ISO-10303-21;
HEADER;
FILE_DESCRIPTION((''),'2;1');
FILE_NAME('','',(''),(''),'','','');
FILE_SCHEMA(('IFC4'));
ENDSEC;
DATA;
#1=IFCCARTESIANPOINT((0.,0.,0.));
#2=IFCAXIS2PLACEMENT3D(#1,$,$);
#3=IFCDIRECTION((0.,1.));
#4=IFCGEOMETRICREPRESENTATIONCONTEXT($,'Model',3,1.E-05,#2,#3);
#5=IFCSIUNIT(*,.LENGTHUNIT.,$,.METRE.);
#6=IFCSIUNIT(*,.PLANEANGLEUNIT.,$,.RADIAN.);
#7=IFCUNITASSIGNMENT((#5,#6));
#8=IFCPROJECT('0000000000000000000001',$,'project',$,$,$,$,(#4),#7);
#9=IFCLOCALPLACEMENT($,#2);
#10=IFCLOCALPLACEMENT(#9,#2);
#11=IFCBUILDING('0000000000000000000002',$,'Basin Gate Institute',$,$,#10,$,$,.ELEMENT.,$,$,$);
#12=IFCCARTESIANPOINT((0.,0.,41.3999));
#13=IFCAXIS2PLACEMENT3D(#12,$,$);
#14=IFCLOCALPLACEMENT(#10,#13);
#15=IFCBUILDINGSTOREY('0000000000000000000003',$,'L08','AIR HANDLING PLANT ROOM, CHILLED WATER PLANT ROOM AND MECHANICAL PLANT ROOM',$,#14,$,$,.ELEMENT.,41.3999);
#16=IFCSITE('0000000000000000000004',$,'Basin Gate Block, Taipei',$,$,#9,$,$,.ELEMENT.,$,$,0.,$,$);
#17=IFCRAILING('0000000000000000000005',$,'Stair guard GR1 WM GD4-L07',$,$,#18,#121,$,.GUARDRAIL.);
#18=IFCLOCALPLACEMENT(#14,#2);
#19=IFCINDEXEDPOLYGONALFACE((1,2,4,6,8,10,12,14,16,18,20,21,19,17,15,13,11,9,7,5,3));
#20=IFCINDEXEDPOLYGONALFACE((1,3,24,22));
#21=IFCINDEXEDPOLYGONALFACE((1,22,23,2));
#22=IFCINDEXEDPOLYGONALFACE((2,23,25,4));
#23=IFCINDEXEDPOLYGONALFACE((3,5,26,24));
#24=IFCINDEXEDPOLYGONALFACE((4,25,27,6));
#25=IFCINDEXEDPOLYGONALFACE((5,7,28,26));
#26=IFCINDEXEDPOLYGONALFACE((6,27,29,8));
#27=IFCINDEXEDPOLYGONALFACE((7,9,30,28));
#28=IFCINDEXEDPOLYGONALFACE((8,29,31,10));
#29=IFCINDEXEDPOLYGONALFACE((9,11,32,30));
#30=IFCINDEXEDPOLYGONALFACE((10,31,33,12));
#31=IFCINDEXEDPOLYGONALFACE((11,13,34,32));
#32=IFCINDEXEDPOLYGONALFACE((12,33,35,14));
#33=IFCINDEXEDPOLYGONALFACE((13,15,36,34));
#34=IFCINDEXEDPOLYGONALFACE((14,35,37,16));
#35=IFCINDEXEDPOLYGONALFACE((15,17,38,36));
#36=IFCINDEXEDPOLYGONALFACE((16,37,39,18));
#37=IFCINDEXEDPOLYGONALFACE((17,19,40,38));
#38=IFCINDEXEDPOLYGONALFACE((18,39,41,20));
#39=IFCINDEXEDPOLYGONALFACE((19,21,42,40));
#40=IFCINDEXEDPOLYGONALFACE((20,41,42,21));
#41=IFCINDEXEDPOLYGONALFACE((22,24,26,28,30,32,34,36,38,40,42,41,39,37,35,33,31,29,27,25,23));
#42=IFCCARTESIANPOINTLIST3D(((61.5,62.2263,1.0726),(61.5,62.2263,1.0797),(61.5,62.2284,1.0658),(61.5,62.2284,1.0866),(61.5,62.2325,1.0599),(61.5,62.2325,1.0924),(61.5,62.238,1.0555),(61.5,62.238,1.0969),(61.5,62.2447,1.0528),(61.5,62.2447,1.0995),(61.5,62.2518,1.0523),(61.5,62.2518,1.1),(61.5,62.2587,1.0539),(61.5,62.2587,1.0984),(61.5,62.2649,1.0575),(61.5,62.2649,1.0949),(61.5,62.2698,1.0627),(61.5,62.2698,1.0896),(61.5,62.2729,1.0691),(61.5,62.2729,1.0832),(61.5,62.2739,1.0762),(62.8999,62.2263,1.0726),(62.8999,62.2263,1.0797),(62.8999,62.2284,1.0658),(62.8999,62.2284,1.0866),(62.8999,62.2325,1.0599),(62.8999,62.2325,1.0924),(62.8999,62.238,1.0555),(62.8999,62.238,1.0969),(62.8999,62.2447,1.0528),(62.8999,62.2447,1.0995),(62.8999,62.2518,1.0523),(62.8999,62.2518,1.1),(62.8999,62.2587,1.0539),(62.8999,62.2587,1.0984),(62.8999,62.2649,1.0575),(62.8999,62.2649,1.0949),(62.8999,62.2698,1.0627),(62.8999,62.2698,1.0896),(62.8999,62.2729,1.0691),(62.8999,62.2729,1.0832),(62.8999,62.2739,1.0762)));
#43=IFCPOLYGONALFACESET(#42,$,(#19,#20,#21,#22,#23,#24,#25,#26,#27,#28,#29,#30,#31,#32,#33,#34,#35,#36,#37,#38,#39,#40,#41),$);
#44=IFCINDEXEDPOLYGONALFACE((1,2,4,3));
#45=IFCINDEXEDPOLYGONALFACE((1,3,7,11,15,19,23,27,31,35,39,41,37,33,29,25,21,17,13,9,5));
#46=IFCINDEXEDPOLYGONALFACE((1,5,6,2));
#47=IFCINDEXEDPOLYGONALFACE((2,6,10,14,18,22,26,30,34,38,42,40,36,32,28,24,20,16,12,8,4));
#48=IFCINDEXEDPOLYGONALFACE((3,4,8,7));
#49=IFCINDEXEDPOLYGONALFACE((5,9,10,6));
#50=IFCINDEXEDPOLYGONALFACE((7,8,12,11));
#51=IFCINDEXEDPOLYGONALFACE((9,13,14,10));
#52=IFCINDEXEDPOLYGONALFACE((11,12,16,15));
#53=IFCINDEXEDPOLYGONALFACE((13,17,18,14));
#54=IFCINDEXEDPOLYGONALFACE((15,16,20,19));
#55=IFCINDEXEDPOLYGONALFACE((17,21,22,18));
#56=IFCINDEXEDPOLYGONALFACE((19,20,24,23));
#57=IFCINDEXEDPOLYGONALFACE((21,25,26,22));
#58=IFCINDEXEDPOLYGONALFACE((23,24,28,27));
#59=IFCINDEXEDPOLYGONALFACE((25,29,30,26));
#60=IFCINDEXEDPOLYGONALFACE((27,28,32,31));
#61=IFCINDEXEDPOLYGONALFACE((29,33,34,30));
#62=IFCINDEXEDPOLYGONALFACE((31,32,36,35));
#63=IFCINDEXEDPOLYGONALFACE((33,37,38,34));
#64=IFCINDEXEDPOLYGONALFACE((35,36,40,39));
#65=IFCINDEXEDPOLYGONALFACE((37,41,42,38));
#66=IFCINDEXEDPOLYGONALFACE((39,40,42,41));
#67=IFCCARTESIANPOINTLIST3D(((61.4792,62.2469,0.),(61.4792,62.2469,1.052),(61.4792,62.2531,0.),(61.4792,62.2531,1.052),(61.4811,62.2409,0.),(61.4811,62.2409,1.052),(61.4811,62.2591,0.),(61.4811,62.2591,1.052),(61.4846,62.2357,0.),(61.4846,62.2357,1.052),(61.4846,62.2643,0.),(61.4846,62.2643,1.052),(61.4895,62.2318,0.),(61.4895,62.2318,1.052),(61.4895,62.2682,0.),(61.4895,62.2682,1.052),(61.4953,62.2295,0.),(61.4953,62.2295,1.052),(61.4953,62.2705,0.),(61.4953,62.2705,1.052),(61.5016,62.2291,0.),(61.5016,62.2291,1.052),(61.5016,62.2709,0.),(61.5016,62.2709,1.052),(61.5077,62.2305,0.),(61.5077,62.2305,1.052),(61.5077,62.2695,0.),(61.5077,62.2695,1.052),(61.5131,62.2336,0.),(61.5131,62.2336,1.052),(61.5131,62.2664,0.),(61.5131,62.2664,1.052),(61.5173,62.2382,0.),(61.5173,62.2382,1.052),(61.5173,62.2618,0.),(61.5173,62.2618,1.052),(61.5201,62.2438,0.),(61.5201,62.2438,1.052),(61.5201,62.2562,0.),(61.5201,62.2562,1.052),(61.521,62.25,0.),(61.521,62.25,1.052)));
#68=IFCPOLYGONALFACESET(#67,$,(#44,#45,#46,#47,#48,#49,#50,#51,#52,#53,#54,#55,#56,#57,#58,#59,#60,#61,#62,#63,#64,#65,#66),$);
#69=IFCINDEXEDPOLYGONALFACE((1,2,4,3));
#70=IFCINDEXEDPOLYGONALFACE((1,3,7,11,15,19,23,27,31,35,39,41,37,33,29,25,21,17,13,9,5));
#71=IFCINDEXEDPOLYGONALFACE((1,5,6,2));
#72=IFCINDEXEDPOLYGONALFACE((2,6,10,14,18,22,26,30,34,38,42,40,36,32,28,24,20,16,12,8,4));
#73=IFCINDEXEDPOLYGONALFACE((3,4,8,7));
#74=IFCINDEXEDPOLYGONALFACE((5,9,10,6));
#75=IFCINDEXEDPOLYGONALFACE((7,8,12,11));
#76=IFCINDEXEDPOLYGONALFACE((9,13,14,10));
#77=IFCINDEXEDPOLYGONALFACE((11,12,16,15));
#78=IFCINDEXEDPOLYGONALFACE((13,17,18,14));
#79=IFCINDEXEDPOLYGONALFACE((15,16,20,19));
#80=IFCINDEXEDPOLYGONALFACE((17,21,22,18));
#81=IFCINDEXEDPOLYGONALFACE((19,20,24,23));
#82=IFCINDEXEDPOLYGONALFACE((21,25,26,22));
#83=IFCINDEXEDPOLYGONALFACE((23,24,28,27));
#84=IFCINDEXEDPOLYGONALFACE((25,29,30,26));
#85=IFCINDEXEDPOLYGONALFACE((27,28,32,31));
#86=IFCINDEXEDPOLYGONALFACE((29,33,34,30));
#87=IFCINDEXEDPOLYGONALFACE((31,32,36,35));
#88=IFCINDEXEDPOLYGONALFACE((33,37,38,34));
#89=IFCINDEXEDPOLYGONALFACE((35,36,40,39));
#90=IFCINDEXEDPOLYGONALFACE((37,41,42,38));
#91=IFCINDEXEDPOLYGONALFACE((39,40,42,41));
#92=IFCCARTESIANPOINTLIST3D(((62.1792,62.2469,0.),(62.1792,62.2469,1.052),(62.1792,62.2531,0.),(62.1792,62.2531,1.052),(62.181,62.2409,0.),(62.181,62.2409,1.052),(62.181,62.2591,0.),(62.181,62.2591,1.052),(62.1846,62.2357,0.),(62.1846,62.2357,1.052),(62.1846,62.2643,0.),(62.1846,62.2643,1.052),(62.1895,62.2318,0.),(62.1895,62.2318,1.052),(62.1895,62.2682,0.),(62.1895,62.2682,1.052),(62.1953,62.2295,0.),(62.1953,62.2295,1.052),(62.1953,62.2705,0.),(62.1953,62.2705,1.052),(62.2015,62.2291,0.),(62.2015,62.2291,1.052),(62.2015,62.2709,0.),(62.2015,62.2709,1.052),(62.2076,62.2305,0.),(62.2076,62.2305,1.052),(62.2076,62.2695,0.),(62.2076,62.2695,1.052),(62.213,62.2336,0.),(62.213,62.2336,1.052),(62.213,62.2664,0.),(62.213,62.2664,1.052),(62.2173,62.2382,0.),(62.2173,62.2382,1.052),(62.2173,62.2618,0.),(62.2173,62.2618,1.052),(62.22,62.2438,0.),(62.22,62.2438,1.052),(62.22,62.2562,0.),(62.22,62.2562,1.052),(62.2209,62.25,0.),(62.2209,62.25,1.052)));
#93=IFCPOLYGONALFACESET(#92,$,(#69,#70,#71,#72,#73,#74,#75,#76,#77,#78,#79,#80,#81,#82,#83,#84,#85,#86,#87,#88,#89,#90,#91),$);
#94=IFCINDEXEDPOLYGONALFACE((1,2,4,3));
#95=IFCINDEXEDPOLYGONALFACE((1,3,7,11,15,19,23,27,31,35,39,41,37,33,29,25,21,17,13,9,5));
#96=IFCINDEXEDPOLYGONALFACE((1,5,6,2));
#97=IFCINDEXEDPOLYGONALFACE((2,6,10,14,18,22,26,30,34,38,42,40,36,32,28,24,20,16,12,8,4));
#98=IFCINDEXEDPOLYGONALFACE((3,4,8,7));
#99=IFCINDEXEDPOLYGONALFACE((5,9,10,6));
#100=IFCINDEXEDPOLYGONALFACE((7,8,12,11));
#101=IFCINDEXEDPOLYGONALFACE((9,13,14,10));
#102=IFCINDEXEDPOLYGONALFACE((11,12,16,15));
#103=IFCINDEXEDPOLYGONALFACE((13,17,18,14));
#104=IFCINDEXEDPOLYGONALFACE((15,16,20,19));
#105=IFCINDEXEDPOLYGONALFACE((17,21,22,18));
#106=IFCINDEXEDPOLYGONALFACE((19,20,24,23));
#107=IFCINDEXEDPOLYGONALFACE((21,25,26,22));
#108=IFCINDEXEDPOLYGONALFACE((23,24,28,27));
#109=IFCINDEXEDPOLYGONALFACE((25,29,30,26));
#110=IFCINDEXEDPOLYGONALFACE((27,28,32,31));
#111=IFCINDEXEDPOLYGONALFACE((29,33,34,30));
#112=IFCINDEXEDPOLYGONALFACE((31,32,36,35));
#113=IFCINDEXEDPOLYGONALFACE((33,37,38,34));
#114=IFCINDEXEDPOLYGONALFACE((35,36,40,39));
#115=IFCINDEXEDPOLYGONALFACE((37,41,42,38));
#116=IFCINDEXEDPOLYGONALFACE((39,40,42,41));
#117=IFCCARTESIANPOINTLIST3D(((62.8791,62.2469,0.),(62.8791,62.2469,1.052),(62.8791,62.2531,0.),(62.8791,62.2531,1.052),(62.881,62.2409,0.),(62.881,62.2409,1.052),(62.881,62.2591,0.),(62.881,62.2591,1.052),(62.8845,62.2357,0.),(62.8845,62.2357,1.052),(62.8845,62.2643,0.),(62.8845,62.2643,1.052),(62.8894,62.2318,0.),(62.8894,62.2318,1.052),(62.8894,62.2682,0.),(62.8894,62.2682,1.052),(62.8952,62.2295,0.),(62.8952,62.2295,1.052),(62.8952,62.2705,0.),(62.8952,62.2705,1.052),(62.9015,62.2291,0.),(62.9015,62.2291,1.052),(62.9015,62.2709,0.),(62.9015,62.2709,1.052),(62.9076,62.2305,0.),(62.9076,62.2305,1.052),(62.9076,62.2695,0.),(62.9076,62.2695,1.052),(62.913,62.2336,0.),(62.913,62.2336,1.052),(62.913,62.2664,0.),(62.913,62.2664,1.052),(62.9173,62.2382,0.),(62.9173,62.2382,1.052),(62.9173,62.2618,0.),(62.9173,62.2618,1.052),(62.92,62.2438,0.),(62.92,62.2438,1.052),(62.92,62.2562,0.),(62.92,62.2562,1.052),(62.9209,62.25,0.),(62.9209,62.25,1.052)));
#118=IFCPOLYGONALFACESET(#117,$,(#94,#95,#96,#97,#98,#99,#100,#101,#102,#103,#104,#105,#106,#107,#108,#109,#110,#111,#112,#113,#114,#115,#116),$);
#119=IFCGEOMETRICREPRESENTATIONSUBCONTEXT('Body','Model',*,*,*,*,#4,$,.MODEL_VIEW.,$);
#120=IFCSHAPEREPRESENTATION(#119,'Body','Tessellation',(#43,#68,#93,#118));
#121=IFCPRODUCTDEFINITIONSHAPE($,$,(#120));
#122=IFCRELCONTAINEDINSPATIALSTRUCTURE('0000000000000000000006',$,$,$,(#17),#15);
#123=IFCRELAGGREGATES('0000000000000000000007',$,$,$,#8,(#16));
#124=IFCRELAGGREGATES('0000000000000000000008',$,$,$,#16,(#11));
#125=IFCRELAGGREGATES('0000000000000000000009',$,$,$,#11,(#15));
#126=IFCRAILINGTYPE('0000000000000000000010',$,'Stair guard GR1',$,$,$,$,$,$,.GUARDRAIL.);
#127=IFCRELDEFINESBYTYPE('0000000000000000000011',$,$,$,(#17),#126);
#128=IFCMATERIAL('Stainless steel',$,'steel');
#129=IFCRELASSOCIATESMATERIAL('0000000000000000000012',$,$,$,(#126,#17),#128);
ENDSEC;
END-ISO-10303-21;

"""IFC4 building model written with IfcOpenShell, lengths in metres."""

from ifc_helpers import new_model, si_unit, direction, frame, origin, origin_2d, place, context, subcontext, project, spatial, circle, extrude, material, type_object, element, save


model = new_model("IFC4")

# Units and contexts
model_context = context("Model", 3, precision=1e-05, world=origin(), true_north=direction((0.0, 1.0)))
body_context = subcontext(model_context, "Body", "Model", "MODEL_VIEW")
ifc_project = project(units=[si_unit("LENGTHUNIT", "METRE"), si_unit("PLANEANGLEUNIT", "RADIAN")], contexts=[model_context])

# Site, building, storey
site_placement = place(None, origin())
site = spatial("IfcSite", under=ifc_project, at=site_placement, Name="Basin Gate Block, Taipei", CompositionType="ELEMENT", RefElevation=0.0)
building_placement = place(site_placement, origin())
building = spatial("IfcBuilding", under=site, at=building_placement, Name="Basin Gate Institute", CompositionType="ELEMENT")
storey_placement = place(building_placement, frame((0.0, 0.0, 41.3999)))
storey = spatial("IfcBuildingStorey", under=building, at=storey_placement, Name="L08", Description="AIR HANDLING PLANT ROOM, CHILLED WATER PLANT ROOM AND MECHANICAL PLANT ROOM", CompositionType="ELEMENT", Elevation=41.3999)

# Railing
ifc_material_1 = material(Name="Stainless steel", Category="steel")
railing_type_1 = type_object("IfcRailingType", Name="Stair guard GR1", PredefinedType="GUARDRAIL", material=ifc_material_1)
railing_1_placement = place(storey_placement, frame((61.5, 62.25, 0.0)))
element("IfcRailing", 1, at=railing_1_placement, inside=storey, type_object=railing_type_1, material=ifc_material_1, Name="Stair guard GR1 WM GD4-L07", PredefinedType="GUARDRAIL", context=body_context, shape_type="SweptSolid", body=[
    extrude(circle(Radius=0.0239, at=origin_2d()), frame((0.0, 0.0, 1.0762), z_axis=(1.0, 0.0, 0.0), x_axis=(0.0, 1.0, 0.0)), (0.0, 0.0, 1.0), 1.3999),
    extrude(circle(Radius=0.021, at=origin_2d()), origin(), (0.0, 0.0, 1.0), 1.052),
    extrude(circle(Radius=0.021, at=origin_2d()), frame((0.7, 0.0, 0.0)), (0.0, 0.0, 1.0), 1.052),
    extrude(circle(Radius=0.021, at=origin_2d()), frame((1.3999, 0.0, 0.0)), (0.0, 0.0, 1.0), 1.052),
])

save(model, "model.ifc")
